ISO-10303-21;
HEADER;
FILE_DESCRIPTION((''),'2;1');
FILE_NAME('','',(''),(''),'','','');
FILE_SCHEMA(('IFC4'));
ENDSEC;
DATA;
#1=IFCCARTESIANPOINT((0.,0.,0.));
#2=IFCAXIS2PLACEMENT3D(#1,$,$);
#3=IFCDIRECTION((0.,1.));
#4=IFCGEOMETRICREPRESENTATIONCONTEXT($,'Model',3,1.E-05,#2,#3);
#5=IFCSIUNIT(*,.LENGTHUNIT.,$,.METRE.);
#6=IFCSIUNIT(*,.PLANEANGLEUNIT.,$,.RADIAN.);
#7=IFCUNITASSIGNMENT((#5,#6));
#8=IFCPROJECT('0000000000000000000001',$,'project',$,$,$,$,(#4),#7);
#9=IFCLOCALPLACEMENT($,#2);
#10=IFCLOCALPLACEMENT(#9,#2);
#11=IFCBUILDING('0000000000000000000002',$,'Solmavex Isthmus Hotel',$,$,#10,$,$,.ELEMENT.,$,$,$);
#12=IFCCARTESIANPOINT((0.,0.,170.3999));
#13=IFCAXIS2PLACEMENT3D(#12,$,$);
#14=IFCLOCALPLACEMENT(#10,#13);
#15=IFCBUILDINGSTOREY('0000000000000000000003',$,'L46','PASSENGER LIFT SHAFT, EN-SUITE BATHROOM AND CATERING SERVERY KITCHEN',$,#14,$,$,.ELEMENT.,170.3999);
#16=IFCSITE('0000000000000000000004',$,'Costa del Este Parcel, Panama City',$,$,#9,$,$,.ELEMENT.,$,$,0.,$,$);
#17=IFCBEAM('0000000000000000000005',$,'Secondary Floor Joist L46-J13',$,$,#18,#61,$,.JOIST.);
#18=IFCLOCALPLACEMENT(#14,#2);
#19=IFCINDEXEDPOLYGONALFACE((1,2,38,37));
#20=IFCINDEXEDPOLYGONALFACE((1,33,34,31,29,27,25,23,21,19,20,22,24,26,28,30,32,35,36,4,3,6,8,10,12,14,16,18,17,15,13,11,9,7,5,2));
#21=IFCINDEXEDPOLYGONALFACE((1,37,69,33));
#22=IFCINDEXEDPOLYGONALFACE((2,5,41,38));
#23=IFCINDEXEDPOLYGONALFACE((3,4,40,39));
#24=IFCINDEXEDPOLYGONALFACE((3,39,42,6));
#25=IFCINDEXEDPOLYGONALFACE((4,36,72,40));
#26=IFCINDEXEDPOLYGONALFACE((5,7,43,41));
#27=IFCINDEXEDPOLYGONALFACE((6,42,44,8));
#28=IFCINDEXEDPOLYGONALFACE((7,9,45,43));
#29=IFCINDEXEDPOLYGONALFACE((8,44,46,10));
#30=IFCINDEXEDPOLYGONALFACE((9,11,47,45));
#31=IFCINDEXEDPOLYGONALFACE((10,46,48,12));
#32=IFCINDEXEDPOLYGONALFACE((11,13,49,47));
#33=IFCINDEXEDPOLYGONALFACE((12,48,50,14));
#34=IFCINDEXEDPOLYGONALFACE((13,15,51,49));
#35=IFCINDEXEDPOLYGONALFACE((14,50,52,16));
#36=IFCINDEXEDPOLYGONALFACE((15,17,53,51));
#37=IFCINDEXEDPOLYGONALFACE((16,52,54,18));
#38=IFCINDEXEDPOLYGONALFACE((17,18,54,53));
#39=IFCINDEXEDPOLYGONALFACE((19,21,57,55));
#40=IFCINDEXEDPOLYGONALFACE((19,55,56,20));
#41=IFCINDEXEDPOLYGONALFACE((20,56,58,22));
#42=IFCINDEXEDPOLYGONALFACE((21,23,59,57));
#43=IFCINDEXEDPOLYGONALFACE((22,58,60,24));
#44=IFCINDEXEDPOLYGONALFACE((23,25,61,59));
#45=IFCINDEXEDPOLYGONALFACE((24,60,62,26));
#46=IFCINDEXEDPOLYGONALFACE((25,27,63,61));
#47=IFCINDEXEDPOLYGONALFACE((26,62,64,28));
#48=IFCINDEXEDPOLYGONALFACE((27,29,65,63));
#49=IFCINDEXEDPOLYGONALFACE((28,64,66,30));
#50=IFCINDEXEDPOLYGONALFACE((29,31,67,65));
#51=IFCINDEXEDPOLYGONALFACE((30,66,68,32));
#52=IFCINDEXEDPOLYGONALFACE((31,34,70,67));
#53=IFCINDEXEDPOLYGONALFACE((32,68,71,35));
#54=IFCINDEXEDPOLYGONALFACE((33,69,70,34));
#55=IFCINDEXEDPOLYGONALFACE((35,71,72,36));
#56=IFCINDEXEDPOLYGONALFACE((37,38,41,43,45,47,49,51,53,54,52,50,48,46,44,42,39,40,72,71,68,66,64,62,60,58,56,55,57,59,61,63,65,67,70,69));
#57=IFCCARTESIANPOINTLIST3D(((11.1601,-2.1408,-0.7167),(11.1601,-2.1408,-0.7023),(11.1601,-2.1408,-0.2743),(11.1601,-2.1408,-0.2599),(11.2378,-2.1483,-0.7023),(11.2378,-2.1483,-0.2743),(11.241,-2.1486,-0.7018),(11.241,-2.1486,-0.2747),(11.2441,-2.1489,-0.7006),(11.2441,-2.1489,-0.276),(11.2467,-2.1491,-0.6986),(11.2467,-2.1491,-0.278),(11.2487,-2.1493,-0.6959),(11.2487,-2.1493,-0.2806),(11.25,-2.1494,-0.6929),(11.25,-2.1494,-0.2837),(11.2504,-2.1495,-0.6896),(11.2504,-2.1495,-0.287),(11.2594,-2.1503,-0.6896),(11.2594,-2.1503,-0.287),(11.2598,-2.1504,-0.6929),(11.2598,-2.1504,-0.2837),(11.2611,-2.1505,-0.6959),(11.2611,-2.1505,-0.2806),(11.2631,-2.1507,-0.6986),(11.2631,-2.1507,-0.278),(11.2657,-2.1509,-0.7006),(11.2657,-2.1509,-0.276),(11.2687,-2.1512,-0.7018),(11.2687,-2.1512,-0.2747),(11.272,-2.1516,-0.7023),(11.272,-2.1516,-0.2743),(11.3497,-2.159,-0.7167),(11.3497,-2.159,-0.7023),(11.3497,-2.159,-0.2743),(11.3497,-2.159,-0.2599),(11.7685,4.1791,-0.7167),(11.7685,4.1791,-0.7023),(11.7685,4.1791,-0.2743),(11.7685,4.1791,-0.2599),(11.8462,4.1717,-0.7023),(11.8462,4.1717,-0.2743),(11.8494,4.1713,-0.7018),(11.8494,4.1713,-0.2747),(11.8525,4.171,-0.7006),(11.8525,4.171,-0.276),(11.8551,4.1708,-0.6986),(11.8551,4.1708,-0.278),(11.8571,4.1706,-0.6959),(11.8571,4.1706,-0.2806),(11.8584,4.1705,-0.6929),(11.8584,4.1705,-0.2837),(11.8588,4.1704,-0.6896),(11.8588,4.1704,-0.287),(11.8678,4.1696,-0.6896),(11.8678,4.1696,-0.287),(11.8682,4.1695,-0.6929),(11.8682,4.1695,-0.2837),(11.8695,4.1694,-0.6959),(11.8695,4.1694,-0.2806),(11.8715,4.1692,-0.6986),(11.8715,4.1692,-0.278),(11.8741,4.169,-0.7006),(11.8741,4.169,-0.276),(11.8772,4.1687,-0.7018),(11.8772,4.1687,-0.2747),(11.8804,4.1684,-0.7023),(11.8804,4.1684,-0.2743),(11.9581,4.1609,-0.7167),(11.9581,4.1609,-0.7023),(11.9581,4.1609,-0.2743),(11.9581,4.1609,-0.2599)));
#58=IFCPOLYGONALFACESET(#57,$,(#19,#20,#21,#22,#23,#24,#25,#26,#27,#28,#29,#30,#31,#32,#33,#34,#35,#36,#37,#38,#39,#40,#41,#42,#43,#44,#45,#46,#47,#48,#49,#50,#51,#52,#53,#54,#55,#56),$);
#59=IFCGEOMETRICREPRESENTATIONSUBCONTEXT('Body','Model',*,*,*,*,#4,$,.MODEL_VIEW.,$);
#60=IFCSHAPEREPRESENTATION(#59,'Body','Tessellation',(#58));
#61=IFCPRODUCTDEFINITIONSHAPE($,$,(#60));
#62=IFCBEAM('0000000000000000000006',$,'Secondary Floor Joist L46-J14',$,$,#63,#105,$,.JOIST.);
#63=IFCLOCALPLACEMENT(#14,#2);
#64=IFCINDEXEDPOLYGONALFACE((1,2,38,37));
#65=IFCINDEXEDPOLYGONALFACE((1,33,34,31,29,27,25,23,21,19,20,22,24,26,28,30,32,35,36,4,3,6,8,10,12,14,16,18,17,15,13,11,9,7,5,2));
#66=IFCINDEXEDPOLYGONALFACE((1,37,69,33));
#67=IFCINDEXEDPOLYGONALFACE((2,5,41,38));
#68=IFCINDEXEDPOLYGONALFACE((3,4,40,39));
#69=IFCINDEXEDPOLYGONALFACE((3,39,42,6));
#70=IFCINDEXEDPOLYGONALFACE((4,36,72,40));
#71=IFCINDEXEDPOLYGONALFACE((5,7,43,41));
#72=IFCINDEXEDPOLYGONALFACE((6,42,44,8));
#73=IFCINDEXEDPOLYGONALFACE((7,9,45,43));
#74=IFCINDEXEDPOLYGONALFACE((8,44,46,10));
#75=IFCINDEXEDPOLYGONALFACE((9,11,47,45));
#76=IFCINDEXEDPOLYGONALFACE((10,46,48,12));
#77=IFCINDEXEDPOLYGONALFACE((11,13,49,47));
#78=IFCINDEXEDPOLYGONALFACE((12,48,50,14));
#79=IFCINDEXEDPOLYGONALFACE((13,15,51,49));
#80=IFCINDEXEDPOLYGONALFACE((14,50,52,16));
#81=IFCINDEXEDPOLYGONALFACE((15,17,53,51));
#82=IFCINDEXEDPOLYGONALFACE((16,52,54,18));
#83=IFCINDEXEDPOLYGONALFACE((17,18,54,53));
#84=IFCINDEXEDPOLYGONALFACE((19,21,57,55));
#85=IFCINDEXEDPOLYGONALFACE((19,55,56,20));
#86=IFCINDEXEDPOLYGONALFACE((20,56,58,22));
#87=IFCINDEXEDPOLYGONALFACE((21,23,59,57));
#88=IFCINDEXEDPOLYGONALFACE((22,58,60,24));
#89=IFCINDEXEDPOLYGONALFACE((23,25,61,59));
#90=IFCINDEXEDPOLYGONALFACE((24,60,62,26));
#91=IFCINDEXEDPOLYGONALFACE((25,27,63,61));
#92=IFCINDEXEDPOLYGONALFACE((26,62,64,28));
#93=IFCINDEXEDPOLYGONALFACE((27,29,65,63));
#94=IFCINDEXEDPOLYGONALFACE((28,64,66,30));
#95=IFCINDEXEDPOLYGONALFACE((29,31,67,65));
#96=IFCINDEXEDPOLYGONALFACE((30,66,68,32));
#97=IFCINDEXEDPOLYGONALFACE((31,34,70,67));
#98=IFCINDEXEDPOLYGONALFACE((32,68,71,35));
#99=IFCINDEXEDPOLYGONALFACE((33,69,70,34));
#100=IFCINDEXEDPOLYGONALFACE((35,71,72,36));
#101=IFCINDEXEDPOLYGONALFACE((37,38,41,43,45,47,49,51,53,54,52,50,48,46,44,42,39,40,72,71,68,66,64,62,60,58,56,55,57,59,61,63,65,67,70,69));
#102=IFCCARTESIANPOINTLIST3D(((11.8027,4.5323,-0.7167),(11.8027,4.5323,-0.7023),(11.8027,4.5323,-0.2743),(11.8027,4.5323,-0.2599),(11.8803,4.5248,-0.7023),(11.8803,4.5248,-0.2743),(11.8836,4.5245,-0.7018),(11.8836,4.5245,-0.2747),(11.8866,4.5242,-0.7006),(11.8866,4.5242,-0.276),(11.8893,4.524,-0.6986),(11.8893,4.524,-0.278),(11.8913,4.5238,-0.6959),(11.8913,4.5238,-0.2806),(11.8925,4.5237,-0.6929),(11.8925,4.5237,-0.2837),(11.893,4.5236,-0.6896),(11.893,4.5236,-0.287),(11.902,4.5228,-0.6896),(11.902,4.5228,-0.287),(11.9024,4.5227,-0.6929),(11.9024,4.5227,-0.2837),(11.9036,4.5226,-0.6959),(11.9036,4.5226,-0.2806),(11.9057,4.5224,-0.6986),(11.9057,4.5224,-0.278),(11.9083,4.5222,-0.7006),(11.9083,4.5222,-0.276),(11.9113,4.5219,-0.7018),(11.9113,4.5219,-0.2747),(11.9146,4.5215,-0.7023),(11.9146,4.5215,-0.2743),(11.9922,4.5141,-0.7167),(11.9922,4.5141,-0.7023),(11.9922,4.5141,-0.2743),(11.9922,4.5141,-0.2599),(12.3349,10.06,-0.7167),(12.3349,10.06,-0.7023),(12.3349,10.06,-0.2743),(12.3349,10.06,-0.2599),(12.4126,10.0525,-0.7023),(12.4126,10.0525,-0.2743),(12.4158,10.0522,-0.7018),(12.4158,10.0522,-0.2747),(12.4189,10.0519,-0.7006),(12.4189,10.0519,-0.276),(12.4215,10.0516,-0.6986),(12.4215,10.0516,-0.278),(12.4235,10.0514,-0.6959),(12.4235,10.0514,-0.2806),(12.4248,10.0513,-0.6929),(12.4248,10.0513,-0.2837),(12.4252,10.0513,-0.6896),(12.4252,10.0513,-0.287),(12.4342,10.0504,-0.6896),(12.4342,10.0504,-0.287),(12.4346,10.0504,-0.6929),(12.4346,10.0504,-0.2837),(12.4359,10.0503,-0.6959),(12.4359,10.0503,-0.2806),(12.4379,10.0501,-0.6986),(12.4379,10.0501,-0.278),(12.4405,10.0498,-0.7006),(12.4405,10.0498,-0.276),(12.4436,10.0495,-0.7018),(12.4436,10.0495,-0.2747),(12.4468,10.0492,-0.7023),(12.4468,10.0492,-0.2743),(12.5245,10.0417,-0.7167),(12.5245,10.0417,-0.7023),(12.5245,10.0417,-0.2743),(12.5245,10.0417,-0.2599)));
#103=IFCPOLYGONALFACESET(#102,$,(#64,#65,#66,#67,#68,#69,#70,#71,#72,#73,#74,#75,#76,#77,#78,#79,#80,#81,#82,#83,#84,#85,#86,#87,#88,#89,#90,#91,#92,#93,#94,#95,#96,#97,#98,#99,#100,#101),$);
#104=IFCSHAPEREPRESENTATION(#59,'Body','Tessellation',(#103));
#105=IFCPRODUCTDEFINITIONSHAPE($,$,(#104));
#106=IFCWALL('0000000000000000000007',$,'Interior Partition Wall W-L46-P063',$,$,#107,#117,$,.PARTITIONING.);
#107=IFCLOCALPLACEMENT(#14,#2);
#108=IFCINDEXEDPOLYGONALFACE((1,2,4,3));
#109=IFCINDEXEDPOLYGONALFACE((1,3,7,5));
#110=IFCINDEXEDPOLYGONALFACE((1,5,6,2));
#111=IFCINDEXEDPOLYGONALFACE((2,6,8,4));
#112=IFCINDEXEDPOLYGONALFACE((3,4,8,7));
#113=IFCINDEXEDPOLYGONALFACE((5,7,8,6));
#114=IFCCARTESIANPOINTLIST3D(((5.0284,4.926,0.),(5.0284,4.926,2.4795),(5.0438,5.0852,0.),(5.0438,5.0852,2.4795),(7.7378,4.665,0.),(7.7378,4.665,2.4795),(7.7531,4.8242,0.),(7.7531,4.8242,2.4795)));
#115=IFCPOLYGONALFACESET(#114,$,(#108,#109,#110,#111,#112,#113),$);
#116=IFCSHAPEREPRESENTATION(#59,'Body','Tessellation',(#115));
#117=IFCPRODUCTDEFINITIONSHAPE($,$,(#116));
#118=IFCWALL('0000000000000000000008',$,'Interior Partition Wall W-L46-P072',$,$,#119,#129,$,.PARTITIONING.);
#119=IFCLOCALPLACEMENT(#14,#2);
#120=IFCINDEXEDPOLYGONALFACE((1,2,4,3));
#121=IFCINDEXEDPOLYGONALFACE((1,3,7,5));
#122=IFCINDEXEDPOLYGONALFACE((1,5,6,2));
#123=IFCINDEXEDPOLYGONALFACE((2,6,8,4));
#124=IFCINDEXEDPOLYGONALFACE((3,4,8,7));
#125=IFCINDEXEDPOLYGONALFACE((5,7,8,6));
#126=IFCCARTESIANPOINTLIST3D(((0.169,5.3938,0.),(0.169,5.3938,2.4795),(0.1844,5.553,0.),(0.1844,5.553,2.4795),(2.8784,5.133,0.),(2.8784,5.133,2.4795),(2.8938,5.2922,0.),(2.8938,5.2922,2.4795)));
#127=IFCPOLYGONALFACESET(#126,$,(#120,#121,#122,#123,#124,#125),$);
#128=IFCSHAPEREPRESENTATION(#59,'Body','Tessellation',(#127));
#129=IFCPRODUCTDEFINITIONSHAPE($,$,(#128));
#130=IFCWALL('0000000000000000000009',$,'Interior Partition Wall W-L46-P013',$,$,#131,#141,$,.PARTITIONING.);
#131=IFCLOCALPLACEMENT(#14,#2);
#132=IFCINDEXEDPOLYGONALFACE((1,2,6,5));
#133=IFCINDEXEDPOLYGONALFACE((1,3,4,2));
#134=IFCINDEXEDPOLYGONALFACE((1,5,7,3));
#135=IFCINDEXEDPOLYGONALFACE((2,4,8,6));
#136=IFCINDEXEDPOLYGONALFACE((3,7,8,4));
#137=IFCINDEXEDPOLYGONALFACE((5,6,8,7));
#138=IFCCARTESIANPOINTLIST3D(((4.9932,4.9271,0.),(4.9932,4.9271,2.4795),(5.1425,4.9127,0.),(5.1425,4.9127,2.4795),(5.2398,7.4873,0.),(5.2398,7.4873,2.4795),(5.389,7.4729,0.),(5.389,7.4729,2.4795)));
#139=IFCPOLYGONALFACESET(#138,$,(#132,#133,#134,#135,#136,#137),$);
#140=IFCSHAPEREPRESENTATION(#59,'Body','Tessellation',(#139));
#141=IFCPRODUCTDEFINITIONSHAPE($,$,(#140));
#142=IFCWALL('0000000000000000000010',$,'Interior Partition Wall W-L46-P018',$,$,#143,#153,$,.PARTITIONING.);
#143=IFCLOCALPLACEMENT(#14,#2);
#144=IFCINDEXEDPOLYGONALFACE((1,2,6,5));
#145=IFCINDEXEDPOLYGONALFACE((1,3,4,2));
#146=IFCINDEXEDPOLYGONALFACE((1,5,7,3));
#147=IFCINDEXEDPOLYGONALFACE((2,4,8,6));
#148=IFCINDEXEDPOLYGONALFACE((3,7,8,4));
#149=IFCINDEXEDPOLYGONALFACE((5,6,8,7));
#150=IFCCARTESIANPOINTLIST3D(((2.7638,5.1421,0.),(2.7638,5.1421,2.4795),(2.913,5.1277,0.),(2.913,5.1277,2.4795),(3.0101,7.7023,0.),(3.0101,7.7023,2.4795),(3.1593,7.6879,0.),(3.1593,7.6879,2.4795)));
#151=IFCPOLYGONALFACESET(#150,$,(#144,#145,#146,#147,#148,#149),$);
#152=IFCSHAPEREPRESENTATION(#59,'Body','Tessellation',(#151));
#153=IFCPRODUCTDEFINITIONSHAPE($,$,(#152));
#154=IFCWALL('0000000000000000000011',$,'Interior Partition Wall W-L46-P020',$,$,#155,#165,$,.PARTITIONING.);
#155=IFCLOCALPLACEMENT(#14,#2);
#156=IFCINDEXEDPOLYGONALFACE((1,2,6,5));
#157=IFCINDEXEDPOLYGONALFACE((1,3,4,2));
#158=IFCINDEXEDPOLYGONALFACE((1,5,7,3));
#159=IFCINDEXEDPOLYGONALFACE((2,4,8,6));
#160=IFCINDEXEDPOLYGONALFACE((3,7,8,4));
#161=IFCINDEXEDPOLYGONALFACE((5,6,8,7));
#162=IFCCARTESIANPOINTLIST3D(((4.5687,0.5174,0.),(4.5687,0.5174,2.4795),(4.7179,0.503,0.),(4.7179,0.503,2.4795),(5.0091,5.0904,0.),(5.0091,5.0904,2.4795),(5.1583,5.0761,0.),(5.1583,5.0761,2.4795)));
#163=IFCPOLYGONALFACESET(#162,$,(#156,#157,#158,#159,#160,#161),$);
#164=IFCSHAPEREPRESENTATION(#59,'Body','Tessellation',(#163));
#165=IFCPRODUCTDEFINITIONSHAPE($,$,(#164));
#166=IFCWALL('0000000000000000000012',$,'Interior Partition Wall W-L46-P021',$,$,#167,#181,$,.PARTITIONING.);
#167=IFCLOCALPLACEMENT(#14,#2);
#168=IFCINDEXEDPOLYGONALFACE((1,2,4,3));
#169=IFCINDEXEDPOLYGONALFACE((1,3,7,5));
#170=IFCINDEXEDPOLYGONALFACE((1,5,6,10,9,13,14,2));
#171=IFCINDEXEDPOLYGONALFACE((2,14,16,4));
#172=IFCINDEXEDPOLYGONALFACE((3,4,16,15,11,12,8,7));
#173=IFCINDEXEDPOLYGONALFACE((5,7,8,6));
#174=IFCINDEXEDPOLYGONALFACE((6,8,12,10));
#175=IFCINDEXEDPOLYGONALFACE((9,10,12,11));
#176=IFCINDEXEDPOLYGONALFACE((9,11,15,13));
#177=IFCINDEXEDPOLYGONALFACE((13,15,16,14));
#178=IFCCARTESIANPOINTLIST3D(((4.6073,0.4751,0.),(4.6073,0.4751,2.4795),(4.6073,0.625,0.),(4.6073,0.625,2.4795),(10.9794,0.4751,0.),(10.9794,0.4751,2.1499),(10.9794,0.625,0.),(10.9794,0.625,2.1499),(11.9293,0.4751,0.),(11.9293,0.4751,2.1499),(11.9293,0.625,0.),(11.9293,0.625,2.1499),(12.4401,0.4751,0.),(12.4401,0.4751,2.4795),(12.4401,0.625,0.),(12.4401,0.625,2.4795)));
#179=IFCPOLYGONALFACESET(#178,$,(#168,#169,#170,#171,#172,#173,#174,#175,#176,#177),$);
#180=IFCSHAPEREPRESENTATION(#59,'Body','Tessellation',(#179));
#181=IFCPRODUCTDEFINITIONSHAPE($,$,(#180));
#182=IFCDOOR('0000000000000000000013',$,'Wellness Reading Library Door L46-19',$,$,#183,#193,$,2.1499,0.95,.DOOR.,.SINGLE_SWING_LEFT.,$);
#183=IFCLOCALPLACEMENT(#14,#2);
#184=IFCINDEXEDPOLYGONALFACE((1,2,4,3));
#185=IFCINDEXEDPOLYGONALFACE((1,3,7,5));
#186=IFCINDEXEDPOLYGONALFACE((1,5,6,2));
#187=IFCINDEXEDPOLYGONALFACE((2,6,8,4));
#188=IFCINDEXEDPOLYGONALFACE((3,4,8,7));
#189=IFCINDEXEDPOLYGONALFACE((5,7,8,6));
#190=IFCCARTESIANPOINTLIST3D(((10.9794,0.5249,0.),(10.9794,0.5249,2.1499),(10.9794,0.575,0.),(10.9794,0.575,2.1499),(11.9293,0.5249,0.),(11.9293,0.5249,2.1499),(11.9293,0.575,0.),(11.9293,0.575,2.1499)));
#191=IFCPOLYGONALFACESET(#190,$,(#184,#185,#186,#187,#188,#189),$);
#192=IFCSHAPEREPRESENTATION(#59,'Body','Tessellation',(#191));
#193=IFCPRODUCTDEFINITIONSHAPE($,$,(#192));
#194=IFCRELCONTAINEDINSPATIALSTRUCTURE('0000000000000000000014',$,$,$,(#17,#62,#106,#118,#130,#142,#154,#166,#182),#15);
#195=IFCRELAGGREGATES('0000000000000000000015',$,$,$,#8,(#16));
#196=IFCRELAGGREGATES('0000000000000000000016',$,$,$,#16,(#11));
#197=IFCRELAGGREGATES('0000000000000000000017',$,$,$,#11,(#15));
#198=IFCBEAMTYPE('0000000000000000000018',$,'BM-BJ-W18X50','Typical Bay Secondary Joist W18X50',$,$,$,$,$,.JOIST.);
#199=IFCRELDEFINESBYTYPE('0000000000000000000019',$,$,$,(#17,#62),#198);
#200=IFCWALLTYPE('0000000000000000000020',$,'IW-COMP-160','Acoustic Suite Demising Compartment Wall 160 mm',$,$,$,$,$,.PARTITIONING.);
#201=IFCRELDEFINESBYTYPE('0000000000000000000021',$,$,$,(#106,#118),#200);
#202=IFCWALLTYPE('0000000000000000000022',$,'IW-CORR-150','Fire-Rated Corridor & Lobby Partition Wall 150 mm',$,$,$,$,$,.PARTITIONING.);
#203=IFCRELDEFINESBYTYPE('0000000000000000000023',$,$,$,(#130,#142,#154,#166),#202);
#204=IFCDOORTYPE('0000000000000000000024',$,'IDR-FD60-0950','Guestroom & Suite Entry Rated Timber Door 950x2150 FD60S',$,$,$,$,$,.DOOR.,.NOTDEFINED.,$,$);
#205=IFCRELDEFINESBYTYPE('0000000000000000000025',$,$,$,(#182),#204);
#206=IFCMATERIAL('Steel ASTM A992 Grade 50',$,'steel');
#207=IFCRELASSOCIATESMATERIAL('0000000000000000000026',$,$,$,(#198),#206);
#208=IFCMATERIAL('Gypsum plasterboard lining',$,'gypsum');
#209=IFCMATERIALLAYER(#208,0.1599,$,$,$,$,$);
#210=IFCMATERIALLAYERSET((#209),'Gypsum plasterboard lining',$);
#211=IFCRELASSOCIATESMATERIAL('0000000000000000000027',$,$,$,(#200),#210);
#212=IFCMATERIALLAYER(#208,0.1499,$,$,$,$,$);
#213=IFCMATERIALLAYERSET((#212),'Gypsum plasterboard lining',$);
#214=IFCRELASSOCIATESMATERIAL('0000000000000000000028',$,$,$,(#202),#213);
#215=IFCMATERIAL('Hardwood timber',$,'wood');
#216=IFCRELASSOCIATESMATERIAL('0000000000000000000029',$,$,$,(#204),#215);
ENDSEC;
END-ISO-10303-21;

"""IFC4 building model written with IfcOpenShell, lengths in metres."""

from ifc_helpers import new_model, si_unit, direction, frame, frame_2d, origin, origin_2d, place, context, subcontext, project, spatial, rectangle, i_section, extrude, material, layer, layer_set, material_profile, profile_set, type_object, element, fill, save


model = new_model("IFC4")

# Units and contexts
model_context = context("Model", 3, precision=1e-05, world=origin(), true_north=direction((0.0, 1.0)))
body_context = subcontext(model_context, "Body", "Model", "MODEL_VIEW")
ifc_project = project(units=[si_unit("LENGTHUNIT", "METRE"), si_unit("PLANEANGLEUNIT", "RADIAN")], contexts=[model_context])

# Site, building, storey
site_placement = place(None, origin())
site = spatial("IfcSite", under=ifc_project, at=site_placement, Name="Costa del Este Parcel, Panama City", CompositionType="ELEMENT", RefElevation=0.0)
building_placement = place(site_placement, origin())
building = spatial("IfcBuilding", under=site, at=building_placement, Name="Solmavex Isthmus Hotel", CompositionType="ELEMENT")
storey_placement = place(building_placement, frame((0.0, 0.0, 170.3999)))
storey = spatial("IfcBuildingStorey", under=building, at=storey_placement, Name="L46", Description="PASSENGER LIFT SHAFT, EN-SUITE BATHROOM AND CATERING SERVERY KITCHEN", CompositionType="ELEMENT", Elevation=170.3999)

# Beams
ifc_material_1 = material(Name="Steel ASTM A992 Grade 50", Category="steel")
ifc_material_profile_1 = material_profile(ifc_material_1, i_section(OverallWidth=0.1904, OverallDepth=0.4568, WebThickness=0.009, FlangeThickness=0.0144, FilletRadius=0.0127, at=origin_2d()), Name="W18X50")
ifc_profile_set_1 = profile_set([ifc_material_profile_1], Name="Steel ASTM A992 Grade 50")
beam_type_1 = type_object("IfcBeamType", Name="BM-BJ-W18X50", Description="Typical Bay Secondary Joist W18X50", PredefinedType="JOIST", material=ifc_profile_set_1)
beam_1_placement = place(storey_placement, frame((11.2549, -2.1499, -0.4883), z_axis=(0.095825, 0.995398, 0.0), x_axis=(-0.995398, 0.095825, 0.0)))
element("IfcBeam", 1, at=beam_1_placement, inside=storey, type_object=beam_type_1, Name="Secondary Floor Joist L46-J13", PredefinedType="JOIST", context=body_context, shape_type="SweptSolid", body=[
    extrude(i_section(OverallWidth=0.1904, OverallDepth=0.4568, WebThickness=0.009, FlangeThickness=0.0144, FilletRadius=0.0127, at=origin_2d()), origin(), (0.0, 0.0, 1.0), 6.3491),
])
beam_2_placement = place(storey_placement, frame((11.8975, 4.5232, -0.4883), z_axis=(0.095842, 0.995397, 0.0), x_axis=(-0.995397, 0.095842, 0.0)))
element("IfcBeam", 2, at=beam_2_placement, inside=storey, type_object=beam_type_1, Name="Secondary Floor Joist L46-J14", PredefinedType="JOIST", context=body_context, shape_type="SweptSolid", body=[
    extrude(i_section(OverallWidth=0.1904, OverallDepth=0.4568, WebThickness=0.009, FlangeThickness=0.0144, FilletRadius=0.0127, at=origin_2d()), origin(), (0.0, 0.0, 1.0), 5.5532),
])

# Walls
ifc_material_2 = material(Name="Gypsum plasterboard lining", Category="gypsum")
ifc_layer_1 = layer(ifc_material_2, 0.1599)
ifc_layer_set_1 = layer_set([ifc_layer_1], Name="Gypsum plasterboard lining")
wall_type_1 = type_object("IfcWallType", Name="IW-COMP-160", Description="Acoustic Suite Demising Compartment Wall 160 mm", PredefinedType="PARTITIONING", material=ifc_layer_set_1)
for number, where, z_axis, x_axis, name in (
    (3, (7.7454, 4.7446, 0.0), (0.0, 0.0, 1.0), (-0.995393, 0.09588, 0.0), "Interior Partition Wall W-L46-P063"),
    (4, (2.886, 5.2126, 0.0), (0.0, 0.0, 1.0), (-0.995401, 0.095791, 0.0), "Interior Partition Wall W-L46-P072"),
):
    element("IfcWall", number, at=place(storey_placement, frame(where, z_axis=z_axis, x_axis=x_axis)), inside=storey, type_object=wall_type_1, Name=name, PredefinedType="PARTITIONING", context=body_context, shape_type="SweptSolid", body=[
        extrude(rectangle(XDim=2.7219, YDim=0.1599, at=frame_2d((1.3608, 0.0))), origin(), (0.0, 0.0, 1.0), 2.4795),
    ])
ifc_layer_2 = layer(ifc_material_2, 0.1499)
ifc_layer_set_2 = layer_set([ifc_layer_2], Name="Gypsum plasterboard lining")
wall_type_2 = type_object("IfcWallType", Name="IW-CORR-150", Description="Fire-Rated Corridor & Lobby Partition Wall 150 mm", PredefinedType="PARTITIONING", material=ifc_layer_set_2)
for number, where, z_axis, x_axis, name in (
    (5, (5.3145, 7.4802, 0.0), (0.0, 0.0, 1.0), (-0.095875, -0.995393, 0.0), "Interior Partition Wall W-L46-P013"),
    (6, (2.8384, 5.1348, 0.0), (0.0, 0.0, 1.0), (0.095772, 0.995403, 0.0), "Interior Partition Wall W-L46-P018"),
):
    element("IfcWall", number, at=place(storey_placement, frame(where, z_axis=z_axis, x_axis=x_axis)), inside=storey, type_object=wall_type_2, Name=name, PredefinedType="PARTITIONING", context=body_context, shape_type="SweptSolid", body=[
        extrude(rectangle(XDim=2.572, YDim=0.1499, at=frame_2d((1.2861, 0.0))), origin(), (0.0, 0.0, 1.0), 2.4795),
    ])
wall_1_placement = place(storey_placement, frame((5.0837, 5.0833, 0.0), z_axis=(0.0, 0.0, 1.0), x_axis=(-0.095867, -0.995394, 0.0)))
element("IfcWall", 7, at=wall_1_placement, inside=storey, type_object=wall_type_2, Name="Interior Partition Wall W-L46-P020", PredefinedType="PARTITIONING", context=body_context, shape_type="SweptSolid", body=[
    extrude(rectangle(XDim=4.5942, YDim=0.1499, at=frame_2d((2.2971, 0.0))), origin(), (0.0, 0.0, 1.0), 2.4795),
])

# Wall, opening, door
wall_2_placement = place(storey_placement, frame((4.6072, 0.55, 0.0), z_axis=(0.0, 0.0, 1.0), x_axis=(1.0, 0.0, 0.0)))
wall_2 = element("IfcWall", 8, at=wall_2_placement, inside=storey, type_object=wall_type_2, Name="Interior Partition Wall W-L46-P021", PredefinedType="PARTITIONING", context=body_context, shape_type="SweptSolid", body=[
    extrude(rectangle(XDim=7.8328, YDim=0.1499, at=frame_2d((3.9165, 0.0))), origin(), (0.0, 0.0, 1.0), 2.4795),
])
opening_placement = place(wall_2_placement, frame((6.3721, 0.0, 0.0)))
opening = element("IfcOpeningElement", 9, at=opening_placement, cuts=wall_2, PredefinedType="OPENING", context=body_context, shape_type="SweptSolid", body=[
    extrude(rectangle(XDim=0.95, YDim=2.1499, at=frame_2d((0.4751, 1.075))), frame((0.0, 0.085, 0.0), z_axis=(0.0, -1.0, 0.0), x_axis=(1.0, 0.0, 0.0)), (0.0, 0.0, 1.0), 0.1699),
])
ifc_material_3 = material(Name="Hardwood timber", Category="wood")
door_type = type_object("IfcDoorType", Name="IDR-FD60-0950", Description="Guestroom & Suite Entry Rated Timber Door 950x2150 FD60S", OperationType="NOTDEFINED", PredefinedType="DOOR", material=ifc_material_3)
door_placement = place(opening_placement, origin())
door = element("IfcDoor", 10, at=door_placement, inside=storey, type_object=door_type, Name="Wellness Reading Library Door L46-19", OperationType="SINGLE_SWING_LEFT", OverallHeight=2.1499, OverallWidth=0.95, PredefinedType="DOOR", context=body_context, shape_type="SweptSolid", body=[
    extrude(rectangle(XDim=0.95, YDim=2.1499, at=frame_2d((0.4751, 1.075))), frame((0.0, 0.0249, 0.0), z_axis=(0.0, -1.0, 0.0), x_axis=(1.0, 0.0, 0.0)), (0.0, 0.0, 1.0), 0.05),
])
fill(opening, door)

save(model, "model.ifc")
